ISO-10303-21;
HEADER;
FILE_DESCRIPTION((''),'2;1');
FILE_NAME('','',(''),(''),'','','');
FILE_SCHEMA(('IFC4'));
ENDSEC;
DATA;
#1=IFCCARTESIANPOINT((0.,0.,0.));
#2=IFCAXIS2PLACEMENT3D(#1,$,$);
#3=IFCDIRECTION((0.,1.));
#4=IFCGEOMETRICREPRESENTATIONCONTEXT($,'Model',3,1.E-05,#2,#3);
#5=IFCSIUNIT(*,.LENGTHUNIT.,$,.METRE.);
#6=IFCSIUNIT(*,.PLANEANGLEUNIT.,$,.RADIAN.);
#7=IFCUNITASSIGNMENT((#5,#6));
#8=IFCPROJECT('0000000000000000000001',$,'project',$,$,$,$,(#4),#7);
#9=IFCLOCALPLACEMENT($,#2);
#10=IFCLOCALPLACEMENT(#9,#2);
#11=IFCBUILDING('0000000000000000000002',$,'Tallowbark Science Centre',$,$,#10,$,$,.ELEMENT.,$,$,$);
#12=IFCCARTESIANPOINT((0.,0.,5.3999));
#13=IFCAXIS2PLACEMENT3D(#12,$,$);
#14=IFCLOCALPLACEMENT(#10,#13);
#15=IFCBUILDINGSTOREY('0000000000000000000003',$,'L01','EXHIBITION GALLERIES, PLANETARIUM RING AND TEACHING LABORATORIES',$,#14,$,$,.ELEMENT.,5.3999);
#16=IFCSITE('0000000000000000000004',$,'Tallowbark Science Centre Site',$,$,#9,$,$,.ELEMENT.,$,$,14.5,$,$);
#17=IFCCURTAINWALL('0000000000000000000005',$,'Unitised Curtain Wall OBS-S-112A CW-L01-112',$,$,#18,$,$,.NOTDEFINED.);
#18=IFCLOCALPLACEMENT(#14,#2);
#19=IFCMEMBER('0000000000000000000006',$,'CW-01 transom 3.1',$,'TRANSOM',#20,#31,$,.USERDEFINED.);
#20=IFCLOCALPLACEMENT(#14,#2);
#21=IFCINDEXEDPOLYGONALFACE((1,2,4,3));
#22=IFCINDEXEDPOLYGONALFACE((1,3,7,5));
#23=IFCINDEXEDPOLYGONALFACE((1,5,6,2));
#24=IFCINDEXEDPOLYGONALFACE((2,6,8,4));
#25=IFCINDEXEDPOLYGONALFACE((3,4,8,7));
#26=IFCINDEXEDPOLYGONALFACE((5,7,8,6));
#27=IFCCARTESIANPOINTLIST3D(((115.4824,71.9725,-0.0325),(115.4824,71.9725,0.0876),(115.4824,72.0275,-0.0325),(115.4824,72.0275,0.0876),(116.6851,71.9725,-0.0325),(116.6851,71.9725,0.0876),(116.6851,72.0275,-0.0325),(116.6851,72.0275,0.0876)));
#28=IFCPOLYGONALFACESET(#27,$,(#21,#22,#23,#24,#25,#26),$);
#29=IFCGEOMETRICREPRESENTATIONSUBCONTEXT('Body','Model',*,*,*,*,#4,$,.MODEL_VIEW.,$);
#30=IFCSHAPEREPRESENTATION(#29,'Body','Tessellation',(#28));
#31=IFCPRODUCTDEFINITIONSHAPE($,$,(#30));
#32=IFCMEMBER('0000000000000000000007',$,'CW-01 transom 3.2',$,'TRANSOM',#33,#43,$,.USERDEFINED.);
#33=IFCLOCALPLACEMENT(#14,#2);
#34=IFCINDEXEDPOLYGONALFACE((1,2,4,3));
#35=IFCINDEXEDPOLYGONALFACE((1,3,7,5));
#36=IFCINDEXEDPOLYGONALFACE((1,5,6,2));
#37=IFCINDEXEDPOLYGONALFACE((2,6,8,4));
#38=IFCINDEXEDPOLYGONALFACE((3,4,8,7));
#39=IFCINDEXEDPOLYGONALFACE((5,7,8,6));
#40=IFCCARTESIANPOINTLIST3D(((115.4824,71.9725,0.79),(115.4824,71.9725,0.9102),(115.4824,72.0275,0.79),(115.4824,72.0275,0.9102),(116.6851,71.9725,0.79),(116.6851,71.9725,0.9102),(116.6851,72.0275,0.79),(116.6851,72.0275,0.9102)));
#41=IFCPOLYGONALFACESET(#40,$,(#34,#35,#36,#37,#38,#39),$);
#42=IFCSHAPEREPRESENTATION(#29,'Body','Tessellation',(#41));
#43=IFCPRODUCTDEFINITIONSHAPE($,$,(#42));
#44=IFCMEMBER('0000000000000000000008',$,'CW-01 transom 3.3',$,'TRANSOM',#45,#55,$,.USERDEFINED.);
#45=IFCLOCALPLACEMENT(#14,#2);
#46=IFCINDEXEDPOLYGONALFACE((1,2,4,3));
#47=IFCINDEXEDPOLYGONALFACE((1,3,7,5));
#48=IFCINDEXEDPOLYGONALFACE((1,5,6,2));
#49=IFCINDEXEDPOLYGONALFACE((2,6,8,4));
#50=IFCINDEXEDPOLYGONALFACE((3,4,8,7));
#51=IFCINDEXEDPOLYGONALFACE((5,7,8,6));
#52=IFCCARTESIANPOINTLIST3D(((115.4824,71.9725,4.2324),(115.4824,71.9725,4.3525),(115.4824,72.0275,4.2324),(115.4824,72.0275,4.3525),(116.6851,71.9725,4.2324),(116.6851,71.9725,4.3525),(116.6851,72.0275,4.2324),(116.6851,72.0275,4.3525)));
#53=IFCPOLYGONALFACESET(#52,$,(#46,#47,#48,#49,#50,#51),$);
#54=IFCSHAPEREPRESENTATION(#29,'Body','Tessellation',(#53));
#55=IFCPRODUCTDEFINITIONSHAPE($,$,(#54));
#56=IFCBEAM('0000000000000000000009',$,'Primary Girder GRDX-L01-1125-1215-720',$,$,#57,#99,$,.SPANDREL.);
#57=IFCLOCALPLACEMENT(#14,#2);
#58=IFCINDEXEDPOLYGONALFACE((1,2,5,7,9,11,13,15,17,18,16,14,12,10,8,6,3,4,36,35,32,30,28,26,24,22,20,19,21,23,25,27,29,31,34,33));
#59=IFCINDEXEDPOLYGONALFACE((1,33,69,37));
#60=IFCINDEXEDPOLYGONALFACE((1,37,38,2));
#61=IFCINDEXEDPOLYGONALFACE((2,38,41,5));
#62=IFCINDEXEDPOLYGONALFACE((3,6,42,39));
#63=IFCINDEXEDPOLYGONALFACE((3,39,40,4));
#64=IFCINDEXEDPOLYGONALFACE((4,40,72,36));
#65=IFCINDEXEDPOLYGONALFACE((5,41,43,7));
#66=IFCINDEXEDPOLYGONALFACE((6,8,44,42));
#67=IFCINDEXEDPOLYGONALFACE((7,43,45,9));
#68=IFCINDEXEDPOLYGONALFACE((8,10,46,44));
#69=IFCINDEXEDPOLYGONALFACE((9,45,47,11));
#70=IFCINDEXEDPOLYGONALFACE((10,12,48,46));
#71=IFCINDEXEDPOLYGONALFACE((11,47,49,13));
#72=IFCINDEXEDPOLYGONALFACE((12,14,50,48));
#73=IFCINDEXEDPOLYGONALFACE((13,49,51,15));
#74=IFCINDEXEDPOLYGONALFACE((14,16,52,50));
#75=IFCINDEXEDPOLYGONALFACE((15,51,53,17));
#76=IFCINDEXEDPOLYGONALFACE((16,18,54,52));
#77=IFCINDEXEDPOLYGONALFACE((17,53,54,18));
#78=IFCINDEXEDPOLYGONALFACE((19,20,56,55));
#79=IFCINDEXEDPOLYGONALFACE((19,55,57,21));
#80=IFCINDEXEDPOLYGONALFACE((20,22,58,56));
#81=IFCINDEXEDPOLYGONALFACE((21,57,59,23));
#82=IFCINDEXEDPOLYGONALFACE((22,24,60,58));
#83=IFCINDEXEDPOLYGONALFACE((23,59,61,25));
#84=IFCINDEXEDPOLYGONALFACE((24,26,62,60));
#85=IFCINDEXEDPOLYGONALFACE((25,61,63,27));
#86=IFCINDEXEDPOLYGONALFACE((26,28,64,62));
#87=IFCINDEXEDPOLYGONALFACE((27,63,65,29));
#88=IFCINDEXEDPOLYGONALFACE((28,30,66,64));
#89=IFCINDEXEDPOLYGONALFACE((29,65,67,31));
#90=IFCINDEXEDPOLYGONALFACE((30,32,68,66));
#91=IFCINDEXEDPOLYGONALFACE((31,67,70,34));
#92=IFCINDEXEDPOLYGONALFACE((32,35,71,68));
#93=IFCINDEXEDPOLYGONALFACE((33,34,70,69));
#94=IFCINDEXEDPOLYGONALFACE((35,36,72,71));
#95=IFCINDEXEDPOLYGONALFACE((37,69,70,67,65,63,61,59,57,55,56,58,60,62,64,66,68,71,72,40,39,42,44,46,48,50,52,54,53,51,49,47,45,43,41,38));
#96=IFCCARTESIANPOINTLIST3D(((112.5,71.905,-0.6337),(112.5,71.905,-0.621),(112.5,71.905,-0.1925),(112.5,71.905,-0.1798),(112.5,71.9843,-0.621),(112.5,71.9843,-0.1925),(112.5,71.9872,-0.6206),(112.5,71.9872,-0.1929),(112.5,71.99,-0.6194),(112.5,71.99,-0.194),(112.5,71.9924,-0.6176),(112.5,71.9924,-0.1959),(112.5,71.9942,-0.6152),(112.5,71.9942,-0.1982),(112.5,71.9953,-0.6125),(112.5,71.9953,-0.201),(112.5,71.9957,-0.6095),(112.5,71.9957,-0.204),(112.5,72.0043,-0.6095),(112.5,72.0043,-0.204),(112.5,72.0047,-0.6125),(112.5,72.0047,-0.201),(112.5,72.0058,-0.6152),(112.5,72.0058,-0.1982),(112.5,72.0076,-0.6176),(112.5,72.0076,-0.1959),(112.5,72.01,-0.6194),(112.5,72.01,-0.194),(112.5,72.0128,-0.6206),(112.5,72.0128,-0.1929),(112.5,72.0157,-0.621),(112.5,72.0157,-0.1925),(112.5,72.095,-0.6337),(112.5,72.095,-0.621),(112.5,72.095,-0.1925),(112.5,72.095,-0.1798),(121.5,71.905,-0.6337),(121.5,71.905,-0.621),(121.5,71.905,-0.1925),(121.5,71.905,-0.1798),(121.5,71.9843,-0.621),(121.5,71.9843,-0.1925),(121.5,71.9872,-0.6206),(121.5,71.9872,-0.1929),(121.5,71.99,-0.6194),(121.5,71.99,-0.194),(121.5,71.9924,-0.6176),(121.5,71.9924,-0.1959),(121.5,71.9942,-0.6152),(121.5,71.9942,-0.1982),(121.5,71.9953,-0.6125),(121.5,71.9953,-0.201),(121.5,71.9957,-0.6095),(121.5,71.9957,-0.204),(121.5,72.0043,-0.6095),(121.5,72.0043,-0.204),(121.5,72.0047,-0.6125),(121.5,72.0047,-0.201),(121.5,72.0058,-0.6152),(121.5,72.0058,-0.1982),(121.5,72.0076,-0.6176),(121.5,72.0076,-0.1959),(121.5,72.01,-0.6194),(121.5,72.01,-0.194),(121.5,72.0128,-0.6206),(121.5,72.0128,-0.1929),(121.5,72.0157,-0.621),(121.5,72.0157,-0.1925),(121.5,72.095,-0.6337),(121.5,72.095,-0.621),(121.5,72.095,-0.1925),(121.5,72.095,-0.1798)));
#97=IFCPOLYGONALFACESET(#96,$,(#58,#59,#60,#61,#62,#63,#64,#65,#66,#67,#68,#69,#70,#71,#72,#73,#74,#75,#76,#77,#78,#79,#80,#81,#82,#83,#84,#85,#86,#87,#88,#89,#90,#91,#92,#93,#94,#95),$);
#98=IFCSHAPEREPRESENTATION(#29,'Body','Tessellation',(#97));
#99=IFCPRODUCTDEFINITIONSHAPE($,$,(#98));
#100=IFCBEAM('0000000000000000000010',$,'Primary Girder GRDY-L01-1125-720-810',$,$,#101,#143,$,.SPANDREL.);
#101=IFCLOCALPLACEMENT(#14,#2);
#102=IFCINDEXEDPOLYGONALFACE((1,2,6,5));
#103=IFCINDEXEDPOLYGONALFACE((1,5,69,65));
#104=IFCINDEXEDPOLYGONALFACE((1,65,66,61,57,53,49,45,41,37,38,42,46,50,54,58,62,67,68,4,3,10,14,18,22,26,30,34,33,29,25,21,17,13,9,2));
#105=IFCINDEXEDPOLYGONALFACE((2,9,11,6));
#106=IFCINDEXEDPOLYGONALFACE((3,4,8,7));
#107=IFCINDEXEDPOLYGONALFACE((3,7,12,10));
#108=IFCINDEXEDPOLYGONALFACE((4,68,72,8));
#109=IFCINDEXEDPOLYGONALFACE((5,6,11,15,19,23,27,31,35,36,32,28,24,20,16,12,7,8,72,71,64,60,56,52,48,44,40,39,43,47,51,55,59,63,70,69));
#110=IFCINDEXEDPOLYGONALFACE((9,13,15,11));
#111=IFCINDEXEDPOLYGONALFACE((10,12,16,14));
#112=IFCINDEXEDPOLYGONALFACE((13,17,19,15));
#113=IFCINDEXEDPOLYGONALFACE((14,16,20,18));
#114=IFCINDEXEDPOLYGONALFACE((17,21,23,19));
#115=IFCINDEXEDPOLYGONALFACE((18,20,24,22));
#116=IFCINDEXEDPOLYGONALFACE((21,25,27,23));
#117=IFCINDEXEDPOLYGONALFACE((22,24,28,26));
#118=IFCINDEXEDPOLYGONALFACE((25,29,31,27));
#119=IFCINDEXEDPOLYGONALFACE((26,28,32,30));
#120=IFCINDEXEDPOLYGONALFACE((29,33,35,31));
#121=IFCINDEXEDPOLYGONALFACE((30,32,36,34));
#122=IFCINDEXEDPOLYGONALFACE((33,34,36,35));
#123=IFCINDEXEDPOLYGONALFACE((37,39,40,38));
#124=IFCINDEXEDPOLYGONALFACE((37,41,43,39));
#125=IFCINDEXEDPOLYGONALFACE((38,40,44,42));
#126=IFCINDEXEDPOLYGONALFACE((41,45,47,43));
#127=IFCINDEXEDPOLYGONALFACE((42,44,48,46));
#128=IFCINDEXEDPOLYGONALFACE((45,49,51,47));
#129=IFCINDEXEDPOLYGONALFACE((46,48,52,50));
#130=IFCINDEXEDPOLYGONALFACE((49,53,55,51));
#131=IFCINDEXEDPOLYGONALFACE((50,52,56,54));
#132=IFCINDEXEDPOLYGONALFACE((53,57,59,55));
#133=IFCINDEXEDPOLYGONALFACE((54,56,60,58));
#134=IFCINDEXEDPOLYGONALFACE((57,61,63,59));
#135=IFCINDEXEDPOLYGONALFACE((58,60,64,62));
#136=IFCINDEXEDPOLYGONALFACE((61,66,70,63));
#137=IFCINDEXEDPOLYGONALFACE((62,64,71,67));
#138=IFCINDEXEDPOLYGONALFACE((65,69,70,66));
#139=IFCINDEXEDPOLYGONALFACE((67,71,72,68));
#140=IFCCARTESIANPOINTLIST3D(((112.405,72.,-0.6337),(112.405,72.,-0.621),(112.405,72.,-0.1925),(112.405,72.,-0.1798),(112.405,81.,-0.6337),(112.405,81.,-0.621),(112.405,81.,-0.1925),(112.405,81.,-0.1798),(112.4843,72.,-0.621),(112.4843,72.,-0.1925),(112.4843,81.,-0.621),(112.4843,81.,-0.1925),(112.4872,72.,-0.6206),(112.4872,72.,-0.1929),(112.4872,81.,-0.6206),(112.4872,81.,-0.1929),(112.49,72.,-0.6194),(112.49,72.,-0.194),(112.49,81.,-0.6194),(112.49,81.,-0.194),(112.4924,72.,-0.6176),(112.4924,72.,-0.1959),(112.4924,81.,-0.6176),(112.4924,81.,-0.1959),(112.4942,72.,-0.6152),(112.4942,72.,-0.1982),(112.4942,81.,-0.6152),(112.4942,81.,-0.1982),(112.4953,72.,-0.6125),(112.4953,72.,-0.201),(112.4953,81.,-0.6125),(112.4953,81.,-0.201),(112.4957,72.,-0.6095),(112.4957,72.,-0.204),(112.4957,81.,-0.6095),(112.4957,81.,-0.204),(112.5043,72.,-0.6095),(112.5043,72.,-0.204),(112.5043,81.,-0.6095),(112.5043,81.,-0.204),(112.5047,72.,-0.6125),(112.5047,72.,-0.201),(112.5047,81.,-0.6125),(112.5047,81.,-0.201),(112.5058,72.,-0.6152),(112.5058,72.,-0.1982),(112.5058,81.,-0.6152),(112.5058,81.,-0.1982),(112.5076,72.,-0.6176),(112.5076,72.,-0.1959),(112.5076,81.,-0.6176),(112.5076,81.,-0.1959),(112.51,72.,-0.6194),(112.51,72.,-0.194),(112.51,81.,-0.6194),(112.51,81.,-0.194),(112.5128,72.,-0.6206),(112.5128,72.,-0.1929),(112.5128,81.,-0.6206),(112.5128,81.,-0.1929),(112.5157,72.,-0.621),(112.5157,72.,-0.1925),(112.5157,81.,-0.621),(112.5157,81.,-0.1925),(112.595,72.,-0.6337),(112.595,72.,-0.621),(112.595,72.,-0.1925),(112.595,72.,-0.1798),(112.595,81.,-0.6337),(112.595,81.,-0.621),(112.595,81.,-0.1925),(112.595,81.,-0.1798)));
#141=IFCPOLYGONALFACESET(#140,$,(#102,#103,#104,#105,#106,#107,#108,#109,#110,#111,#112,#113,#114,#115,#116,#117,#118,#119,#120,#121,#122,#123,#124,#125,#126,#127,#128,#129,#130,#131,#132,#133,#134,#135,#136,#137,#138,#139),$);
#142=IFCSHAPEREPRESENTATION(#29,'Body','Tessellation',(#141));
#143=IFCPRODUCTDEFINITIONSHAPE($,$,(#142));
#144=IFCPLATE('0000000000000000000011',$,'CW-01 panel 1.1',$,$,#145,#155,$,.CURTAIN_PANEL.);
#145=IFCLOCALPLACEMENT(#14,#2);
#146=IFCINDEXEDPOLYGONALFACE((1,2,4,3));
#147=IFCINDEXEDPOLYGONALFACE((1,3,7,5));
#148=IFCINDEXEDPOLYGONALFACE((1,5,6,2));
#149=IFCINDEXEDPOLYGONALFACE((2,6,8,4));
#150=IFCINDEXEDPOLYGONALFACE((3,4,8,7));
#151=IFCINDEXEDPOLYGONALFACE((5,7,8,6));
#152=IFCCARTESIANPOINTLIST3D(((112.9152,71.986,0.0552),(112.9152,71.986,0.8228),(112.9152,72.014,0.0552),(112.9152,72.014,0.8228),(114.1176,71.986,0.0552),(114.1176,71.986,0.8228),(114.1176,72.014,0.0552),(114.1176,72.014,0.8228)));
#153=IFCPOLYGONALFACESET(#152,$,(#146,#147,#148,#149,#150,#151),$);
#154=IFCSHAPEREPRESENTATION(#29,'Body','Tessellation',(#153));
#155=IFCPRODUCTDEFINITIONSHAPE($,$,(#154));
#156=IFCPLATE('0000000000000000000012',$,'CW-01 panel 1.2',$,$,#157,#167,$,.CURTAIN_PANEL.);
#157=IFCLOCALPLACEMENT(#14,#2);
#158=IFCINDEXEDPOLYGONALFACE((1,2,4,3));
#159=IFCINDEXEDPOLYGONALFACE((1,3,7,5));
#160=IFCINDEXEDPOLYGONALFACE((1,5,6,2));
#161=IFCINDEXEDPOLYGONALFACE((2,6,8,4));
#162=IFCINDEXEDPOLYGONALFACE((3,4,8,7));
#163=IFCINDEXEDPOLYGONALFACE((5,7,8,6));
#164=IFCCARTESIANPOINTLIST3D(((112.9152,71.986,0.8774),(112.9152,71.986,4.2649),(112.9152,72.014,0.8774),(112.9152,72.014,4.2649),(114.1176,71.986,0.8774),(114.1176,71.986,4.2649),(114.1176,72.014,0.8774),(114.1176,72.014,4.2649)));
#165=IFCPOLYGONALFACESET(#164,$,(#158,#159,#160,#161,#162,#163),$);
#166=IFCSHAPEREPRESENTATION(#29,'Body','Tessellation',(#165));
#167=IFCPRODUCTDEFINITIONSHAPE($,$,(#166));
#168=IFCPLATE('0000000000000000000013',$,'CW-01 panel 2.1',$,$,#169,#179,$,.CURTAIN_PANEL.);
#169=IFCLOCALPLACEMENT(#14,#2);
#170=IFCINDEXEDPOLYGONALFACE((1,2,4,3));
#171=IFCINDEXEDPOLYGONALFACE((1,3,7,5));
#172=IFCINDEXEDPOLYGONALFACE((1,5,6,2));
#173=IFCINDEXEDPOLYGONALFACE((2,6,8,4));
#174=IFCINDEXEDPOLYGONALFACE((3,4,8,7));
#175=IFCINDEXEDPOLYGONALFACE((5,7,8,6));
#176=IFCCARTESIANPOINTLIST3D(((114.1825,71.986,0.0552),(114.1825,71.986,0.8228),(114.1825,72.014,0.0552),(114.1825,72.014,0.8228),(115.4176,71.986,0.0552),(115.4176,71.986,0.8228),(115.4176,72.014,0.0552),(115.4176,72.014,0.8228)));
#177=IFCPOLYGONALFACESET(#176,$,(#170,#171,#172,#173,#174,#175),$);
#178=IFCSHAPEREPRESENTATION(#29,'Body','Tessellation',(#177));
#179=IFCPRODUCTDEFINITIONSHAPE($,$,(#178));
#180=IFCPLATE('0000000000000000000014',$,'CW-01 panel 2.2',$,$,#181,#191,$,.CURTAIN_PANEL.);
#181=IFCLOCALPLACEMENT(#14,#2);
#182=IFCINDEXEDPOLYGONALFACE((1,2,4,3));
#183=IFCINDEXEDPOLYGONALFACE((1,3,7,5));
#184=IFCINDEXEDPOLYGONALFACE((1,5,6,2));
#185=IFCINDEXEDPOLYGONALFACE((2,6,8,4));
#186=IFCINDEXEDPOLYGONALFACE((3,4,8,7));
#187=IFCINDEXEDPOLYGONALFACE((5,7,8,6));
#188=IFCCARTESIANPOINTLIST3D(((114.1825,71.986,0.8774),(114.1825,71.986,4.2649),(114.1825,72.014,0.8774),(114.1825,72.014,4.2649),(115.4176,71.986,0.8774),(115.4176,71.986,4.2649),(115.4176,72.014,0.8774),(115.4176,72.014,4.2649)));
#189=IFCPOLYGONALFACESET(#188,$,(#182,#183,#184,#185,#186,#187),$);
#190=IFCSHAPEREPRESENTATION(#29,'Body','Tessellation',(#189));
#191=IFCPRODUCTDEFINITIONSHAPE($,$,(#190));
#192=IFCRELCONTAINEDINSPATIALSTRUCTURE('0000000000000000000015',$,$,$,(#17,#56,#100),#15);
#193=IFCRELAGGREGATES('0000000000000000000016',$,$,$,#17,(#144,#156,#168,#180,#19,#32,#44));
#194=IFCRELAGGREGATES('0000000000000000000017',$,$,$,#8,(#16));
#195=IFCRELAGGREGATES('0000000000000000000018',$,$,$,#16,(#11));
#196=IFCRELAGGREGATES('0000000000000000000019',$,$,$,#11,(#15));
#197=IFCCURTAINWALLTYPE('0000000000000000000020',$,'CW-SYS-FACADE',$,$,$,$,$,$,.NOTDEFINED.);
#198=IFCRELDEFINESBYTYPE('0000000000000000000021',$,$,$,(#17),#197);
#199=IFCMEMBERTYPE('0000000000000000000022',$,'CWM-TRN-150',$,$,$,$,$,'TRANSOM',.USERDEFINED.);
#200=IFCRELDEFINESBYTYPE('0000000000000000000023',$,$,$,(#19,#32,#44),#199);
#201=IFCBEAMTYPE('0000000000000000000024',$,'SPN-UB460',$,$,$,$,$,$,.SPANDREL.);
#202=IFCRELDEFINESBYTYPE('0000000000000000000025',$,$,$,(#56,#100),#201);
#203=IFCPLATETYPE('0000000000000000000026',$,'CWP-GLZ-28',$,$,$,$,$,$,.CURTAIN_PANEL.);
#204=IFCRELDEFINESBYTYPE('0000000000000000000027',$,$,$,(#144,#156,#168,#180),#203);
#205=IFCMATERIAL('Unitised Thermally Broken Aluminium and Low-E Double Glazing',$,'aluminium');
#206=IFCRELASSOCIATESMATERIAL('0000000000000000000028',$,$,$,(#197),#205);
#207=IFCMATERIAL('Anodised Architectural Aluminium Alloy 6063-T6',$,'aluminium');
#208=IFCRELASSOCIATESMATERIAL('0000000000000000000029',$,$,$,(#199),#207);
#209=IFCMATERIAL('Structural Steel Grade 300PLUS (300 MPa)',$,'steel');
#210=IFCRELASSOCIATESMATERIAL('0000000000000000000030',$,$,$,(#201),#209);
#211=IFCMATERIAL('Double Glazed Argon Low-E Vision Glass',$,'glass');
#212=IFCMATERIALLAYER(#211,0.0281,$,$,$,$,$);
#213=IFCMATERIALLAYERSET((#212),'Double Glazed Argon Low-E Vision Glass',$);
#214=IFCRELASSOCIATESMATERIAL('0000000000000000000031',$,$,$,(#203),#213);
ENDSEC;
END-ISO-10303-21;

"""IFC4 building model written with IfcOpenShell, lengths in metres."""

from ifc_helpers import new_model, si_unit, direction, frame, origin, origin_2d, place, context, subcontext, project, spatial, rectangle, i_section, extrude, material, layer, layer_set, material_profile, profile_set, type_object, element, aggregate, save


model = new_model("IFC4")

# Units and contexts
model_context = context("Model", 3, precision=1e-05, world=origin(), true_north=direction((0.0, 1.0)))
body_context = subcontext(model_context, "Body", "Model", "MODEL_VIEW")
ifc_project = project(units=[si_unit("LENGTHUNIT", "METRE"), si_unit("PLANEANGLEUNIT", "RADIAN")], contexts=[model_context])

# Site, building, storey
site_placement = place(None, origin())
site = spatial("IfcSite", under=ifc_project, at=site_placement, Name="Tallowbark Science Centre Site", CompositionType="ELEMENT", RefElevation=14.5)
building_placement = place(site_placement, origin())
building = spatial("IfcBuilding", under=site, at=building_placement, Name="Tallowbark Science Centre", CompositionType="ELEMENT")
storey_placement = place(building_placement, frame((0.0, 0.0, 5.3999)))
storey = spatial("IfcBuildingStorey", under=building, at=storey_placement, Name="L01", Description="EXHIBITION GALLERIES, PLANETARIUM RING AND TEACHING LABORATORIES", CompositionType="ELEMENT", Elevation=5.3999)

# Shared definitions
ifc_material_1 = material(Name="Structural Steel Grade 300PLUS (300 MPa)", Category="steel")

# Curtain wall
ifc_material_2 = material(Name="Unitised Thermally Broken Aluminium and Low-E Double Glazing", Category="aluminium")
curtain_wall_type = type_object("IfcCurtainWallType", Name="CW-SYS-FACADE", PredefinedType="NOTDEFINED", material=ifc_material_2)
curtain_wall_1_placement = place(storey_placement, origin())
curtain_wall_1 = element("IfcCurtainWall", 1, at=curtain_wall_1_placement, inside=storey, type_object=curtain_wall_type, Name="Unitised Curtain Wall OBS-S-112A CW-L01-112", PredefinedType="NOTDEFINED")
ifc_material_3 = material(Name="Anodised Architectural Aluminium Alloy 6063-T6", Category="aluminium")

# Members
ifc_material_profile_1 = material_profile(ifc_material_3, rectangle(XDim=0.0549, YDim=0.1201, at=origin_2d()), Name="ALU55x120")
ifc_profile_set_1 = profile_set([ifc_material_profile_1], Name="Anodised Architectural Aluminium Alloy 6063-T6")
member_type_1 = type_object("IfcMemberType", Name="CWM-TRN-150", ElementType="TRANSOM", PredefinedType="USERDEFINED", material=ifc_profile_set_1)
member_1_placement = place(storey_placement, frame((115.4824, 72.0, 0.0276), z_axis=(1.0, 0.0, 0.0), x_axis=(0.0, 1.0, 0.0)))
member_1 = element("IfcMember", 2, at=member_1_placement, type_object=member_type_1, Name="CW-01 transom 3.1", ObjectType="TRANSOM", PredefinedType="USERDEFINED", context=body_context, shape_type="SweptSolid", body=[
    extrude(rectangle(XDim=0.0549, YDim=0.1201, at=origin_2d()), origin(), (0.0, 0.0, 1.0), 1.2026),
])
member_2_placement = place(storey_placement, frame((115.4824, 72.0, 0.8501), z_axis=(1.0, 0.0, 0.0), x_axis=(0.0, 1.0, 0.0)))
member_2 = element("IfcMember", 3, at=member_2_placement, type_object=member_type_1, Name="CW-01 transom 3.2", ObjectType="TRANSOM", PredefinedType="USERDEFINED", context=body_context, shape_type="SweptSolid", body=[
    extrude(rectangle(XDim=0.0549, YDim=0.1201, at=origin_2d()), origin(), (0.0, 0.0, 1.0), 1.2026),
])
member_3_placement = place(storey_placement, frame((115.4824, 72.0, 4.2925), z_axis=(1.0, 0.0, 0.0), x_axis=(0.0, 1.0, 0.0)))
member_3 = element("IfcMember", 4, at=member_3_placement, type_object=member_type_1, Name="CW-01 transom 3.3", ObjectType="TRANSOM", PredefinedType="USERDEFINED", context=body_context, shape_type="SweptSolid", body=[
    extrude(rectangle(XDim=0.0549, YDim=0.1201, at=origin_2d()), origin(), (0.0, 0.0, 1.0), 1.2026),
])

# Beams
ifc_material_profile_2 = material_profile(ifc_material_1, i_section(OverallWidth=0.1899, OverallDepth=0.4539, WebThickness=0.0085, FlangeThickness=0.0127, FilletRadius=0.0115, at=origin_2d()), Name="460UB67.1")
ifc_profile_set_2 = profile_set([ifc_material_profile_2], Name="Structural Steel Grade 300PLUS (300 MPa)")
beam_type = type_object("IfcBeamType", Name="SPN-UB460", PredefinedType="SPANDREL", material=ifc_profile_set_2)
for number, where, z_axis, x_axis, name in (
    (5, (112.5, 72.0, -0.4067), (1.0, 0.0, 0.0), (0.0, 1.0, 0.0), "Primary Girder GRDX-L01-1125-1215-720"),
    (6, (112.5, 72.0, -0.4067), (0.0, 1.0, 0.0), (-1.0, 0.0, 0.0), "Primary Girder GRDY-L01-1125-720-810"),
):
    element("IfcBeam", number, at=place(storey_placement, frame(where, z_axis=z_axis, x_axis=x_axis)), inside=storey, type_object=beam_type, Name=name, PredefinedType="SPANDREL", context=body_context, shape_type="SweptSolid", body=[
        extrude(i_section(OverallWidth=0.1899, OverallDepth=0.4539, WebThickness=0.0085, FlangeThickness=0.0127, FilletRadius=0.0115, at=origin_2d()), origin(), (0.0, 0.0, 1.0), 9.0),
    ])

# Plates
ifc_material_4 = material(Name="Double Glazed Argon Low-E Vision Glass", Category="glass")
ifc_layer_1 = layer(ifc_material_4, 0.0281)
ifc_layer_set_1 = layer_set([ifc_layer_1], Name="Double Glazed Argon Low-E Vision Glass")
plate_type = type_object("IfcPlateType", Name="CWP-GLZ-28", PredefinedType="CURTAIN_PANEL", material=ifc_layer_set_1)
plate_1_placement = place(storey_placement, frame((113.5164, 72.0, 0.0552), z_axis=(0.0, 0.0, 1.0), x_axis=(1.0, 0.0, 0.0)))
plate_1 = element("IfcPlate", 7, at=plate_1_placement, type_object=plate_type, Name="CW-01 panel 1.1", PredefinedType="CURTAIN_PANEL", context=body_context, shape_type="SweptSolid", body=[
    extrude(rectangle(XDim=1.2024, YDim=0.0281, at=origin_2d()), origin(), (0.0, 0.0, 1.0), 0.7676),
])
plate_2_placement = place(storey_placement, frame((113.5164, 72.0, 0.8774), z_axis=(0.0, 0.0, 1.0), x_axis=(1.0, 0.0, 0.0)))
plate_2 = element("IfcPlate", 8, at=plate_2_placement, type_object=plate_type, Name="CW-01 panel 1.2", PredefinedType="CURTAIN_PANEL", context=body_context, shape_type="SweptSolid", body=[
    extrude(rectangle(XDim=1.2024, YDim=0.0281, at=origin_2d()), origin(), (0.0, 0.0, 1.0), 3.3875),
])
plate_3_placement = place(storey_placement, frame((114.8, 72.0, 0.0552), z_axis=(0.0, 0.0, 1.0), x_axis=(1.0, 0.0, 0.0)))
plate_3 = element("IfcPlate", 9, at=plate_3_placement, type_object=plate_type, Name="CW-01 panel 2.1", PredefinedType="CURTAIN_PANEL", context=body_context, shape_type="SweptSolid", body=[
    extrude(rectangle(XDim=1.2351, YDim=0.0281, at=origin_2d()), origin(), (0.0, 0.0, 1.0), 0.7676),
])
plate_4_placement = place(storey_placement, frame((114.8, 72.0, 0.8774), z_axis=(0.0, 0.0, 1.0), x_axis=(1.0, 0.0, 0.0)))
plate_4 = element("IfcPlate", 10, at=plate_4_placement, type_object=plate_type, Name="CW-01 panel 2.2", PredefinedType="CURTAIN_PANEL", context=body_context, shape_type="SweptSolid", body=[
    extrude(rectangle(XDim=1.2351, YDim=0.0281, at=origin_2d()), origin(), (0.0, 0.0, 1.0), 3.3875),
])
aggregate(curtain_wall_1, [plate_1, plate_2, plate_3, plate_4, member_1, member_2, member_3])

save(model, "model.ifc")
